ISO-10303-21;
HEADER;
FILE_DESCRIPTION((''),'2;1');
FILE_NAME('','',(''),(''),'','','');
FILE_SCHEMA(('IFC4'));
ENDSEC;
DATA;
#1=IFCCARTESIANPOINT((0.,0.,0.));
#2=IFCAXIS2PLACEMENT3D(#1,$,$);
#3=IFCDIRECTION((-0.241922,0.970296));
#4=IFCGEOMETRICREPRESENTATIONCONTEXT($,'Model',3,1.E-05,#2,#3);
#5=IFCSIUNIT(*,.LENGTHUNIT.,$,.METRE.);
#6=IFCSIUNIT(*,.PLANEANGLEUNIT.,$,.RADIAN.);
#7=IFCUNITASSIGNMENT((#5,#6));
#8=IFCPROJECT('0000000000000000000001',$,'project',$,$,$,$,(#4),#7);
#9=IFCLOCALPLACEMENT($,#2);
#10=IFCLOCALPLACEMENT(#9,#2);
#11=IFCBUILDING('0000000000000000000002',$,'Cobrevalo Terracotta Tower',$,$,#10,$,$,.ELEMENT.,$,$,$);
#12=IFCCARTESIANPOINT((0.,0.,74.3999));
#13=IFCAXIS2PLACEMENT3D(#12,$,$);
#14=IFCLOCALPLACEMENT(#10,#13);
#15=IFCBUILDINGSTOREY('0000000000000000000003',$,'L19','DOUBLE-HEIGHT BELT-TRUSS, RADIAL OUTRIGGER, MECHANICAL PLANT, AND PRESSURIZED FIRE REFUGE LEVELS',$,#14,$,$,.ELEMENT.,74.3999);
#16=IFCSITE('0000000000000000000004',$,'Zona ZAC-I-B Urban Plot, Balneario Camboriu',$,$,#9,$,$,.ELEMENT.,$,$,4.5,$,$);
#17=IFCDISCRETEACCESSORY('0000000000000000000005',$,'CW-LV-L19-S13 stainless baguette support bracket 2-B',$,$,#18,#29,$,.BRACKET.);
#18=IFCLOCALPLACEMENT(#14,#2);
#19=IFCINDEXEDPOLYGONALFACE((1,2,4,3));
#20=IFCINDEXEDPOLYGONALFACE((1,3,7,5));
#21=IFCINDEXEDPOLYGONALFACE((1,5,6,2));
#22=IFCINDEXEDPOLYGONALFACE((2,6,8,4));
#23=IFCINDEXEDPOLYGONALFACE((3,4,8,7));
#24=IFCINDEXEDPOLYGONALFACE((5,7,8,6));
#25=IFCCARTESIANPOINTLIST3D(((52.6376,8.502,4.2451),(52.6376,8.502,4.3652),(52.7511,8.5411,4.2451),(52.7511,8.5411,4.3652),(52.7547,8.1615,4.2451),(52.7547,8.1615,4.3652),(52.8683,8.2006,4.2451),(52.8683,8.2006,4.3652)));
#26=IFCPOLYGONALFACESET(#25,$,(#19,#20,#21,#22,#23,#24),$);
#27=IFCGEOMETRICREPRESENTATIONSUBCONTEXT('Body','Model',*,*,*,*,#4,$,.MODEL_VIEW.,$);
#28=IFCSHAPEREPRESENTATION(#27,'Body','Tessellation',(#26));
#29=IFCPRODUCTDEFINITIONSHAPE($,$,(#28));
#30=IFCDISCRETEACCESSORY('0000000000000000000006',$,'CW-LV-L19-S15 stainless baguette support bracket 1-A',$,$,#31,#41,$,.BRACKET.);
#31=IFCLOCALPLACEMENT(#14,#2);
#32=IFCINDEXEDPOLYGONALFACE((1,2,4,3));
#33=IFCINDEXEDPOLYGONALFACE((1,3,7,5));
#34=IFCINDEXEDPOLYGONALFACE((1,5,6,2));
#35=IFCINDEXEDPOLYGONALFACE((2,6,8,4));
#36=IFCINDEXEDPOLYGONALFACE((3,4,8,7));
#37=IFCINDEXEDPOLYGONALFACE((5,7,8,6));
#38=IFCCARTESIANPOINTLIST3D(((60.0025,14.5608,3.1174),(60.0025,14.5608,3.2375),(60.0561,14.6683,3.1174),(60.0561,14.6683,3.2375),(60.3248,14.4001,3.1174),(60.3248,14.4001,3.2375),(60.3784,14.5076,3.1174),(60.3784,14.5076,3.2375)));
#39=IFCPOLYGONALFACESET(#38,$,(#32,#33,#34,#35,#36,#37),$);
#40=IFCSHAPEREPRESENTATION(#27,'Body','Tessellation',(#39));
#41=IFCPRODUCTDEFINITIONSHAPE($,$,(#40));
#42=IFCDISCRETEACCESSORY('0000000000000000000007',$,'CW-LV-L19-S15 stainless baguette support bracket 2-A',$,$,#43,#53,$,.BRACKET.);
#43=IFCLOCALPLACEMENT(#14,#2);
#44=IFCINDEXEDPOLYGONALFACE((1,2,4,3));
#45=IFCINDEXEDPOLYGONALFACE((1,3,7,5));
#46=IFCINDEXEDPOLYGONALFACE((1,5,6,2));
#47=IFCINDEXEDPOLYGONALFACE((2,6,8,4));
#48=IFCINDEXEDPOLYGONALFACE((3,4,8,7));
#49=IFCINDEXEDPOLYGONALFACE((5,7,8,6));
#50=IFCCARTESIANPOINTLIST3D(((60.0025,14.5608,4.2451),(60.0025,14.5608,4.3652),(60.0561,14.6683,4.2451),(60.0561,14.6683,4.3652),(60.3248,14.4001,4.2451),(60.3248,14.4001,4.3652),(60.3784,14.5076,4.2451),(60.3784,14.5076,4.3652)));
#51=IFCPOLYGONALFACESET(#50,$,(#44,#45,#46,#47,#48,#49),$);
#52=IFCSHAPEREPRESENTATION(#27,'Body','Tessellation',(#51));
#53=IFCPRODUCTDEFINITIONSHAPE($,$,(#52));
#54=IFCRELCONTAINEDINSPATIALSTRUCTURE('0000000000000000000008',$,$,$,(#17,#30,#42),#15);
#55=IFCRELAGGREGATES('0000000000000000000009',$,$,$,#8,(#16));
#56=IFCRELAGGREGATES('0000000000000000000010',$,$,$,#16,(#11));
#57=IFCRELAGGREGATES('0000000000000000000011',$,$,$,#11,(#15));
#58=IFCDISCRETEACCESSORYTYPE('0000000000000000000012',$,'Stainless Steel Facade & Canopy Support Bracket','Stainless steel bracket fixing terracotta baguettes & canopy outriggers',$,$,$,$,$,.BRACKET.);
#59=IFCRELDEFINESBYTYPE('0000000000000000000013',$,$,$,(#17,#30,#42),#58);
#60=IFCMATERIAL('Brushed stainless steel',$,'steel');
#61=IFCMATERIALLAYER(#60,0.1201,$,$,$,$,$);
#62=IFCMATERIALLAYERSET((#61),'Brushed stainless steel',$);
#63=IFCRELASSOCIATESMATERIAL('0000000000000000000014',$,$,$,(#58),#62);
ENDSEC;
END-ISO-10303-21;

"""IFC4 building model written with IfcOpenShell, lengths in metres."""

from ifc_helpers import new_model, si_unit, direction, frame, origin, origin_2d, place, context, subcontext, project, spatial, rectangle, extrude, source, transform, mapped, material, layer, layer_set, type_object, element, save


model = new_model("IFC4")

# Units and contexts
model_context = context("Model", 3, precision=1e-05, world=origin(), true_north=direction((-0.241922, 0.970296)))
body_context = subcontext(model_context, "Body", "Model", "MODEL_VIEW")
ifc_project = project(units=[si_unit("LENGTHUNIT", "METRE"), si_unit("PLANEANGLEUNIT", "RADIAN")], contexts=[model_context])

# Site, building, storey
site_placement = place(None, origin())
site = spatial("IfcSite", under=ifc_project, at=site_placement, Name="Zona ZAC-I-B Urban Plot, Balneario Camboriu", CompositionType="ELEMENT", RefElevation=4.5)
building_placement = place(site_placement, origin())
building = spatial("IfcBuilding", under=site, at=building_placement, Name="Cobrevalo Terracotta Tower", CompositionType="ELEMENT")
storey_placement = place(building_placement, frame((0.0, 0.0, 74.3999)))
storey = spatial("IfcBuildingStorey", under=building, at=storey_placement, Name="L19", Description="DOUBLE-HEIGHT BELT-TRUSS, RADIAL OUTRIGGER, MECHANICAL PLANT, AND PRESSURIZED FIRE REFUGE LEVELS", CompositionType="ELEMENT", Elevation=74.3999)

# Discrete accessories
ifc_material_1 = material(Name="Brushed stainless steel", Category="steel")
ifc_layer_1 = layer(ifc_material_1, 0.1201)
ifc_layer_set_1 = layer_set([ifc_layer_1], Name="Brushed stainless steel")
discrete_accessory_type = type_object("IfcDiscreteAccessoryType", Name="Stainless Steel Facade & Canopy Support Bracket", Description="Stainless steel bracket fixing terracotta baguettes & canopy outriggers", PredefinedType="BRACKET", material=ifc_layer_set_1)
shared_shape_1 = source(origin(), body_context, "Body", "SweptSolid", [
    extrude(rectangle(XDim=0.1201, YDim=0.3601, at=origin_2d()), origin(), (0.0, 0.0, 1.0), 0.1201),
])
for number, where, z_axis, x_axis, name in (
    (1, (52.7529, 8.3513, 4.2451), (0.0, 0.0, 1.0), (0.945596, 0.325342, 0.0), "CW-LV-L19-S13 stainless baguette support bracket 2-B"),
    (2, (60.1904, 14.5342, 3.1174), (0.0, 0.0, 1.0), (0.446262, 0.894902, 0.0), "CW-LV-L19-S15 stainless baguette support bracket 1-A"),
    (3, (60.1904, 14.5342, 4.2451), (0.0, 0.0, 1.0), (0.446262, 0.894902, 0.0), "CW-LV-L19-S15 stainless baguette support bracket 2-A"),
):
    element("IfcDiscreteAccessory", number, at=place(storey_placement, frame(where, z_axis=z_axis, x_axis=x_axis)), inside=storey, type_object=discrete_accessory_type, Name=name, PredefinedType="BRACKET", context=body_context, shape_type="MappedRepresentation", body=[
        mapped(shared_shape_1, transform((0.0, 0.0, 0.0), scale=1.0)),
    ])

save(model, "model.ifc")
